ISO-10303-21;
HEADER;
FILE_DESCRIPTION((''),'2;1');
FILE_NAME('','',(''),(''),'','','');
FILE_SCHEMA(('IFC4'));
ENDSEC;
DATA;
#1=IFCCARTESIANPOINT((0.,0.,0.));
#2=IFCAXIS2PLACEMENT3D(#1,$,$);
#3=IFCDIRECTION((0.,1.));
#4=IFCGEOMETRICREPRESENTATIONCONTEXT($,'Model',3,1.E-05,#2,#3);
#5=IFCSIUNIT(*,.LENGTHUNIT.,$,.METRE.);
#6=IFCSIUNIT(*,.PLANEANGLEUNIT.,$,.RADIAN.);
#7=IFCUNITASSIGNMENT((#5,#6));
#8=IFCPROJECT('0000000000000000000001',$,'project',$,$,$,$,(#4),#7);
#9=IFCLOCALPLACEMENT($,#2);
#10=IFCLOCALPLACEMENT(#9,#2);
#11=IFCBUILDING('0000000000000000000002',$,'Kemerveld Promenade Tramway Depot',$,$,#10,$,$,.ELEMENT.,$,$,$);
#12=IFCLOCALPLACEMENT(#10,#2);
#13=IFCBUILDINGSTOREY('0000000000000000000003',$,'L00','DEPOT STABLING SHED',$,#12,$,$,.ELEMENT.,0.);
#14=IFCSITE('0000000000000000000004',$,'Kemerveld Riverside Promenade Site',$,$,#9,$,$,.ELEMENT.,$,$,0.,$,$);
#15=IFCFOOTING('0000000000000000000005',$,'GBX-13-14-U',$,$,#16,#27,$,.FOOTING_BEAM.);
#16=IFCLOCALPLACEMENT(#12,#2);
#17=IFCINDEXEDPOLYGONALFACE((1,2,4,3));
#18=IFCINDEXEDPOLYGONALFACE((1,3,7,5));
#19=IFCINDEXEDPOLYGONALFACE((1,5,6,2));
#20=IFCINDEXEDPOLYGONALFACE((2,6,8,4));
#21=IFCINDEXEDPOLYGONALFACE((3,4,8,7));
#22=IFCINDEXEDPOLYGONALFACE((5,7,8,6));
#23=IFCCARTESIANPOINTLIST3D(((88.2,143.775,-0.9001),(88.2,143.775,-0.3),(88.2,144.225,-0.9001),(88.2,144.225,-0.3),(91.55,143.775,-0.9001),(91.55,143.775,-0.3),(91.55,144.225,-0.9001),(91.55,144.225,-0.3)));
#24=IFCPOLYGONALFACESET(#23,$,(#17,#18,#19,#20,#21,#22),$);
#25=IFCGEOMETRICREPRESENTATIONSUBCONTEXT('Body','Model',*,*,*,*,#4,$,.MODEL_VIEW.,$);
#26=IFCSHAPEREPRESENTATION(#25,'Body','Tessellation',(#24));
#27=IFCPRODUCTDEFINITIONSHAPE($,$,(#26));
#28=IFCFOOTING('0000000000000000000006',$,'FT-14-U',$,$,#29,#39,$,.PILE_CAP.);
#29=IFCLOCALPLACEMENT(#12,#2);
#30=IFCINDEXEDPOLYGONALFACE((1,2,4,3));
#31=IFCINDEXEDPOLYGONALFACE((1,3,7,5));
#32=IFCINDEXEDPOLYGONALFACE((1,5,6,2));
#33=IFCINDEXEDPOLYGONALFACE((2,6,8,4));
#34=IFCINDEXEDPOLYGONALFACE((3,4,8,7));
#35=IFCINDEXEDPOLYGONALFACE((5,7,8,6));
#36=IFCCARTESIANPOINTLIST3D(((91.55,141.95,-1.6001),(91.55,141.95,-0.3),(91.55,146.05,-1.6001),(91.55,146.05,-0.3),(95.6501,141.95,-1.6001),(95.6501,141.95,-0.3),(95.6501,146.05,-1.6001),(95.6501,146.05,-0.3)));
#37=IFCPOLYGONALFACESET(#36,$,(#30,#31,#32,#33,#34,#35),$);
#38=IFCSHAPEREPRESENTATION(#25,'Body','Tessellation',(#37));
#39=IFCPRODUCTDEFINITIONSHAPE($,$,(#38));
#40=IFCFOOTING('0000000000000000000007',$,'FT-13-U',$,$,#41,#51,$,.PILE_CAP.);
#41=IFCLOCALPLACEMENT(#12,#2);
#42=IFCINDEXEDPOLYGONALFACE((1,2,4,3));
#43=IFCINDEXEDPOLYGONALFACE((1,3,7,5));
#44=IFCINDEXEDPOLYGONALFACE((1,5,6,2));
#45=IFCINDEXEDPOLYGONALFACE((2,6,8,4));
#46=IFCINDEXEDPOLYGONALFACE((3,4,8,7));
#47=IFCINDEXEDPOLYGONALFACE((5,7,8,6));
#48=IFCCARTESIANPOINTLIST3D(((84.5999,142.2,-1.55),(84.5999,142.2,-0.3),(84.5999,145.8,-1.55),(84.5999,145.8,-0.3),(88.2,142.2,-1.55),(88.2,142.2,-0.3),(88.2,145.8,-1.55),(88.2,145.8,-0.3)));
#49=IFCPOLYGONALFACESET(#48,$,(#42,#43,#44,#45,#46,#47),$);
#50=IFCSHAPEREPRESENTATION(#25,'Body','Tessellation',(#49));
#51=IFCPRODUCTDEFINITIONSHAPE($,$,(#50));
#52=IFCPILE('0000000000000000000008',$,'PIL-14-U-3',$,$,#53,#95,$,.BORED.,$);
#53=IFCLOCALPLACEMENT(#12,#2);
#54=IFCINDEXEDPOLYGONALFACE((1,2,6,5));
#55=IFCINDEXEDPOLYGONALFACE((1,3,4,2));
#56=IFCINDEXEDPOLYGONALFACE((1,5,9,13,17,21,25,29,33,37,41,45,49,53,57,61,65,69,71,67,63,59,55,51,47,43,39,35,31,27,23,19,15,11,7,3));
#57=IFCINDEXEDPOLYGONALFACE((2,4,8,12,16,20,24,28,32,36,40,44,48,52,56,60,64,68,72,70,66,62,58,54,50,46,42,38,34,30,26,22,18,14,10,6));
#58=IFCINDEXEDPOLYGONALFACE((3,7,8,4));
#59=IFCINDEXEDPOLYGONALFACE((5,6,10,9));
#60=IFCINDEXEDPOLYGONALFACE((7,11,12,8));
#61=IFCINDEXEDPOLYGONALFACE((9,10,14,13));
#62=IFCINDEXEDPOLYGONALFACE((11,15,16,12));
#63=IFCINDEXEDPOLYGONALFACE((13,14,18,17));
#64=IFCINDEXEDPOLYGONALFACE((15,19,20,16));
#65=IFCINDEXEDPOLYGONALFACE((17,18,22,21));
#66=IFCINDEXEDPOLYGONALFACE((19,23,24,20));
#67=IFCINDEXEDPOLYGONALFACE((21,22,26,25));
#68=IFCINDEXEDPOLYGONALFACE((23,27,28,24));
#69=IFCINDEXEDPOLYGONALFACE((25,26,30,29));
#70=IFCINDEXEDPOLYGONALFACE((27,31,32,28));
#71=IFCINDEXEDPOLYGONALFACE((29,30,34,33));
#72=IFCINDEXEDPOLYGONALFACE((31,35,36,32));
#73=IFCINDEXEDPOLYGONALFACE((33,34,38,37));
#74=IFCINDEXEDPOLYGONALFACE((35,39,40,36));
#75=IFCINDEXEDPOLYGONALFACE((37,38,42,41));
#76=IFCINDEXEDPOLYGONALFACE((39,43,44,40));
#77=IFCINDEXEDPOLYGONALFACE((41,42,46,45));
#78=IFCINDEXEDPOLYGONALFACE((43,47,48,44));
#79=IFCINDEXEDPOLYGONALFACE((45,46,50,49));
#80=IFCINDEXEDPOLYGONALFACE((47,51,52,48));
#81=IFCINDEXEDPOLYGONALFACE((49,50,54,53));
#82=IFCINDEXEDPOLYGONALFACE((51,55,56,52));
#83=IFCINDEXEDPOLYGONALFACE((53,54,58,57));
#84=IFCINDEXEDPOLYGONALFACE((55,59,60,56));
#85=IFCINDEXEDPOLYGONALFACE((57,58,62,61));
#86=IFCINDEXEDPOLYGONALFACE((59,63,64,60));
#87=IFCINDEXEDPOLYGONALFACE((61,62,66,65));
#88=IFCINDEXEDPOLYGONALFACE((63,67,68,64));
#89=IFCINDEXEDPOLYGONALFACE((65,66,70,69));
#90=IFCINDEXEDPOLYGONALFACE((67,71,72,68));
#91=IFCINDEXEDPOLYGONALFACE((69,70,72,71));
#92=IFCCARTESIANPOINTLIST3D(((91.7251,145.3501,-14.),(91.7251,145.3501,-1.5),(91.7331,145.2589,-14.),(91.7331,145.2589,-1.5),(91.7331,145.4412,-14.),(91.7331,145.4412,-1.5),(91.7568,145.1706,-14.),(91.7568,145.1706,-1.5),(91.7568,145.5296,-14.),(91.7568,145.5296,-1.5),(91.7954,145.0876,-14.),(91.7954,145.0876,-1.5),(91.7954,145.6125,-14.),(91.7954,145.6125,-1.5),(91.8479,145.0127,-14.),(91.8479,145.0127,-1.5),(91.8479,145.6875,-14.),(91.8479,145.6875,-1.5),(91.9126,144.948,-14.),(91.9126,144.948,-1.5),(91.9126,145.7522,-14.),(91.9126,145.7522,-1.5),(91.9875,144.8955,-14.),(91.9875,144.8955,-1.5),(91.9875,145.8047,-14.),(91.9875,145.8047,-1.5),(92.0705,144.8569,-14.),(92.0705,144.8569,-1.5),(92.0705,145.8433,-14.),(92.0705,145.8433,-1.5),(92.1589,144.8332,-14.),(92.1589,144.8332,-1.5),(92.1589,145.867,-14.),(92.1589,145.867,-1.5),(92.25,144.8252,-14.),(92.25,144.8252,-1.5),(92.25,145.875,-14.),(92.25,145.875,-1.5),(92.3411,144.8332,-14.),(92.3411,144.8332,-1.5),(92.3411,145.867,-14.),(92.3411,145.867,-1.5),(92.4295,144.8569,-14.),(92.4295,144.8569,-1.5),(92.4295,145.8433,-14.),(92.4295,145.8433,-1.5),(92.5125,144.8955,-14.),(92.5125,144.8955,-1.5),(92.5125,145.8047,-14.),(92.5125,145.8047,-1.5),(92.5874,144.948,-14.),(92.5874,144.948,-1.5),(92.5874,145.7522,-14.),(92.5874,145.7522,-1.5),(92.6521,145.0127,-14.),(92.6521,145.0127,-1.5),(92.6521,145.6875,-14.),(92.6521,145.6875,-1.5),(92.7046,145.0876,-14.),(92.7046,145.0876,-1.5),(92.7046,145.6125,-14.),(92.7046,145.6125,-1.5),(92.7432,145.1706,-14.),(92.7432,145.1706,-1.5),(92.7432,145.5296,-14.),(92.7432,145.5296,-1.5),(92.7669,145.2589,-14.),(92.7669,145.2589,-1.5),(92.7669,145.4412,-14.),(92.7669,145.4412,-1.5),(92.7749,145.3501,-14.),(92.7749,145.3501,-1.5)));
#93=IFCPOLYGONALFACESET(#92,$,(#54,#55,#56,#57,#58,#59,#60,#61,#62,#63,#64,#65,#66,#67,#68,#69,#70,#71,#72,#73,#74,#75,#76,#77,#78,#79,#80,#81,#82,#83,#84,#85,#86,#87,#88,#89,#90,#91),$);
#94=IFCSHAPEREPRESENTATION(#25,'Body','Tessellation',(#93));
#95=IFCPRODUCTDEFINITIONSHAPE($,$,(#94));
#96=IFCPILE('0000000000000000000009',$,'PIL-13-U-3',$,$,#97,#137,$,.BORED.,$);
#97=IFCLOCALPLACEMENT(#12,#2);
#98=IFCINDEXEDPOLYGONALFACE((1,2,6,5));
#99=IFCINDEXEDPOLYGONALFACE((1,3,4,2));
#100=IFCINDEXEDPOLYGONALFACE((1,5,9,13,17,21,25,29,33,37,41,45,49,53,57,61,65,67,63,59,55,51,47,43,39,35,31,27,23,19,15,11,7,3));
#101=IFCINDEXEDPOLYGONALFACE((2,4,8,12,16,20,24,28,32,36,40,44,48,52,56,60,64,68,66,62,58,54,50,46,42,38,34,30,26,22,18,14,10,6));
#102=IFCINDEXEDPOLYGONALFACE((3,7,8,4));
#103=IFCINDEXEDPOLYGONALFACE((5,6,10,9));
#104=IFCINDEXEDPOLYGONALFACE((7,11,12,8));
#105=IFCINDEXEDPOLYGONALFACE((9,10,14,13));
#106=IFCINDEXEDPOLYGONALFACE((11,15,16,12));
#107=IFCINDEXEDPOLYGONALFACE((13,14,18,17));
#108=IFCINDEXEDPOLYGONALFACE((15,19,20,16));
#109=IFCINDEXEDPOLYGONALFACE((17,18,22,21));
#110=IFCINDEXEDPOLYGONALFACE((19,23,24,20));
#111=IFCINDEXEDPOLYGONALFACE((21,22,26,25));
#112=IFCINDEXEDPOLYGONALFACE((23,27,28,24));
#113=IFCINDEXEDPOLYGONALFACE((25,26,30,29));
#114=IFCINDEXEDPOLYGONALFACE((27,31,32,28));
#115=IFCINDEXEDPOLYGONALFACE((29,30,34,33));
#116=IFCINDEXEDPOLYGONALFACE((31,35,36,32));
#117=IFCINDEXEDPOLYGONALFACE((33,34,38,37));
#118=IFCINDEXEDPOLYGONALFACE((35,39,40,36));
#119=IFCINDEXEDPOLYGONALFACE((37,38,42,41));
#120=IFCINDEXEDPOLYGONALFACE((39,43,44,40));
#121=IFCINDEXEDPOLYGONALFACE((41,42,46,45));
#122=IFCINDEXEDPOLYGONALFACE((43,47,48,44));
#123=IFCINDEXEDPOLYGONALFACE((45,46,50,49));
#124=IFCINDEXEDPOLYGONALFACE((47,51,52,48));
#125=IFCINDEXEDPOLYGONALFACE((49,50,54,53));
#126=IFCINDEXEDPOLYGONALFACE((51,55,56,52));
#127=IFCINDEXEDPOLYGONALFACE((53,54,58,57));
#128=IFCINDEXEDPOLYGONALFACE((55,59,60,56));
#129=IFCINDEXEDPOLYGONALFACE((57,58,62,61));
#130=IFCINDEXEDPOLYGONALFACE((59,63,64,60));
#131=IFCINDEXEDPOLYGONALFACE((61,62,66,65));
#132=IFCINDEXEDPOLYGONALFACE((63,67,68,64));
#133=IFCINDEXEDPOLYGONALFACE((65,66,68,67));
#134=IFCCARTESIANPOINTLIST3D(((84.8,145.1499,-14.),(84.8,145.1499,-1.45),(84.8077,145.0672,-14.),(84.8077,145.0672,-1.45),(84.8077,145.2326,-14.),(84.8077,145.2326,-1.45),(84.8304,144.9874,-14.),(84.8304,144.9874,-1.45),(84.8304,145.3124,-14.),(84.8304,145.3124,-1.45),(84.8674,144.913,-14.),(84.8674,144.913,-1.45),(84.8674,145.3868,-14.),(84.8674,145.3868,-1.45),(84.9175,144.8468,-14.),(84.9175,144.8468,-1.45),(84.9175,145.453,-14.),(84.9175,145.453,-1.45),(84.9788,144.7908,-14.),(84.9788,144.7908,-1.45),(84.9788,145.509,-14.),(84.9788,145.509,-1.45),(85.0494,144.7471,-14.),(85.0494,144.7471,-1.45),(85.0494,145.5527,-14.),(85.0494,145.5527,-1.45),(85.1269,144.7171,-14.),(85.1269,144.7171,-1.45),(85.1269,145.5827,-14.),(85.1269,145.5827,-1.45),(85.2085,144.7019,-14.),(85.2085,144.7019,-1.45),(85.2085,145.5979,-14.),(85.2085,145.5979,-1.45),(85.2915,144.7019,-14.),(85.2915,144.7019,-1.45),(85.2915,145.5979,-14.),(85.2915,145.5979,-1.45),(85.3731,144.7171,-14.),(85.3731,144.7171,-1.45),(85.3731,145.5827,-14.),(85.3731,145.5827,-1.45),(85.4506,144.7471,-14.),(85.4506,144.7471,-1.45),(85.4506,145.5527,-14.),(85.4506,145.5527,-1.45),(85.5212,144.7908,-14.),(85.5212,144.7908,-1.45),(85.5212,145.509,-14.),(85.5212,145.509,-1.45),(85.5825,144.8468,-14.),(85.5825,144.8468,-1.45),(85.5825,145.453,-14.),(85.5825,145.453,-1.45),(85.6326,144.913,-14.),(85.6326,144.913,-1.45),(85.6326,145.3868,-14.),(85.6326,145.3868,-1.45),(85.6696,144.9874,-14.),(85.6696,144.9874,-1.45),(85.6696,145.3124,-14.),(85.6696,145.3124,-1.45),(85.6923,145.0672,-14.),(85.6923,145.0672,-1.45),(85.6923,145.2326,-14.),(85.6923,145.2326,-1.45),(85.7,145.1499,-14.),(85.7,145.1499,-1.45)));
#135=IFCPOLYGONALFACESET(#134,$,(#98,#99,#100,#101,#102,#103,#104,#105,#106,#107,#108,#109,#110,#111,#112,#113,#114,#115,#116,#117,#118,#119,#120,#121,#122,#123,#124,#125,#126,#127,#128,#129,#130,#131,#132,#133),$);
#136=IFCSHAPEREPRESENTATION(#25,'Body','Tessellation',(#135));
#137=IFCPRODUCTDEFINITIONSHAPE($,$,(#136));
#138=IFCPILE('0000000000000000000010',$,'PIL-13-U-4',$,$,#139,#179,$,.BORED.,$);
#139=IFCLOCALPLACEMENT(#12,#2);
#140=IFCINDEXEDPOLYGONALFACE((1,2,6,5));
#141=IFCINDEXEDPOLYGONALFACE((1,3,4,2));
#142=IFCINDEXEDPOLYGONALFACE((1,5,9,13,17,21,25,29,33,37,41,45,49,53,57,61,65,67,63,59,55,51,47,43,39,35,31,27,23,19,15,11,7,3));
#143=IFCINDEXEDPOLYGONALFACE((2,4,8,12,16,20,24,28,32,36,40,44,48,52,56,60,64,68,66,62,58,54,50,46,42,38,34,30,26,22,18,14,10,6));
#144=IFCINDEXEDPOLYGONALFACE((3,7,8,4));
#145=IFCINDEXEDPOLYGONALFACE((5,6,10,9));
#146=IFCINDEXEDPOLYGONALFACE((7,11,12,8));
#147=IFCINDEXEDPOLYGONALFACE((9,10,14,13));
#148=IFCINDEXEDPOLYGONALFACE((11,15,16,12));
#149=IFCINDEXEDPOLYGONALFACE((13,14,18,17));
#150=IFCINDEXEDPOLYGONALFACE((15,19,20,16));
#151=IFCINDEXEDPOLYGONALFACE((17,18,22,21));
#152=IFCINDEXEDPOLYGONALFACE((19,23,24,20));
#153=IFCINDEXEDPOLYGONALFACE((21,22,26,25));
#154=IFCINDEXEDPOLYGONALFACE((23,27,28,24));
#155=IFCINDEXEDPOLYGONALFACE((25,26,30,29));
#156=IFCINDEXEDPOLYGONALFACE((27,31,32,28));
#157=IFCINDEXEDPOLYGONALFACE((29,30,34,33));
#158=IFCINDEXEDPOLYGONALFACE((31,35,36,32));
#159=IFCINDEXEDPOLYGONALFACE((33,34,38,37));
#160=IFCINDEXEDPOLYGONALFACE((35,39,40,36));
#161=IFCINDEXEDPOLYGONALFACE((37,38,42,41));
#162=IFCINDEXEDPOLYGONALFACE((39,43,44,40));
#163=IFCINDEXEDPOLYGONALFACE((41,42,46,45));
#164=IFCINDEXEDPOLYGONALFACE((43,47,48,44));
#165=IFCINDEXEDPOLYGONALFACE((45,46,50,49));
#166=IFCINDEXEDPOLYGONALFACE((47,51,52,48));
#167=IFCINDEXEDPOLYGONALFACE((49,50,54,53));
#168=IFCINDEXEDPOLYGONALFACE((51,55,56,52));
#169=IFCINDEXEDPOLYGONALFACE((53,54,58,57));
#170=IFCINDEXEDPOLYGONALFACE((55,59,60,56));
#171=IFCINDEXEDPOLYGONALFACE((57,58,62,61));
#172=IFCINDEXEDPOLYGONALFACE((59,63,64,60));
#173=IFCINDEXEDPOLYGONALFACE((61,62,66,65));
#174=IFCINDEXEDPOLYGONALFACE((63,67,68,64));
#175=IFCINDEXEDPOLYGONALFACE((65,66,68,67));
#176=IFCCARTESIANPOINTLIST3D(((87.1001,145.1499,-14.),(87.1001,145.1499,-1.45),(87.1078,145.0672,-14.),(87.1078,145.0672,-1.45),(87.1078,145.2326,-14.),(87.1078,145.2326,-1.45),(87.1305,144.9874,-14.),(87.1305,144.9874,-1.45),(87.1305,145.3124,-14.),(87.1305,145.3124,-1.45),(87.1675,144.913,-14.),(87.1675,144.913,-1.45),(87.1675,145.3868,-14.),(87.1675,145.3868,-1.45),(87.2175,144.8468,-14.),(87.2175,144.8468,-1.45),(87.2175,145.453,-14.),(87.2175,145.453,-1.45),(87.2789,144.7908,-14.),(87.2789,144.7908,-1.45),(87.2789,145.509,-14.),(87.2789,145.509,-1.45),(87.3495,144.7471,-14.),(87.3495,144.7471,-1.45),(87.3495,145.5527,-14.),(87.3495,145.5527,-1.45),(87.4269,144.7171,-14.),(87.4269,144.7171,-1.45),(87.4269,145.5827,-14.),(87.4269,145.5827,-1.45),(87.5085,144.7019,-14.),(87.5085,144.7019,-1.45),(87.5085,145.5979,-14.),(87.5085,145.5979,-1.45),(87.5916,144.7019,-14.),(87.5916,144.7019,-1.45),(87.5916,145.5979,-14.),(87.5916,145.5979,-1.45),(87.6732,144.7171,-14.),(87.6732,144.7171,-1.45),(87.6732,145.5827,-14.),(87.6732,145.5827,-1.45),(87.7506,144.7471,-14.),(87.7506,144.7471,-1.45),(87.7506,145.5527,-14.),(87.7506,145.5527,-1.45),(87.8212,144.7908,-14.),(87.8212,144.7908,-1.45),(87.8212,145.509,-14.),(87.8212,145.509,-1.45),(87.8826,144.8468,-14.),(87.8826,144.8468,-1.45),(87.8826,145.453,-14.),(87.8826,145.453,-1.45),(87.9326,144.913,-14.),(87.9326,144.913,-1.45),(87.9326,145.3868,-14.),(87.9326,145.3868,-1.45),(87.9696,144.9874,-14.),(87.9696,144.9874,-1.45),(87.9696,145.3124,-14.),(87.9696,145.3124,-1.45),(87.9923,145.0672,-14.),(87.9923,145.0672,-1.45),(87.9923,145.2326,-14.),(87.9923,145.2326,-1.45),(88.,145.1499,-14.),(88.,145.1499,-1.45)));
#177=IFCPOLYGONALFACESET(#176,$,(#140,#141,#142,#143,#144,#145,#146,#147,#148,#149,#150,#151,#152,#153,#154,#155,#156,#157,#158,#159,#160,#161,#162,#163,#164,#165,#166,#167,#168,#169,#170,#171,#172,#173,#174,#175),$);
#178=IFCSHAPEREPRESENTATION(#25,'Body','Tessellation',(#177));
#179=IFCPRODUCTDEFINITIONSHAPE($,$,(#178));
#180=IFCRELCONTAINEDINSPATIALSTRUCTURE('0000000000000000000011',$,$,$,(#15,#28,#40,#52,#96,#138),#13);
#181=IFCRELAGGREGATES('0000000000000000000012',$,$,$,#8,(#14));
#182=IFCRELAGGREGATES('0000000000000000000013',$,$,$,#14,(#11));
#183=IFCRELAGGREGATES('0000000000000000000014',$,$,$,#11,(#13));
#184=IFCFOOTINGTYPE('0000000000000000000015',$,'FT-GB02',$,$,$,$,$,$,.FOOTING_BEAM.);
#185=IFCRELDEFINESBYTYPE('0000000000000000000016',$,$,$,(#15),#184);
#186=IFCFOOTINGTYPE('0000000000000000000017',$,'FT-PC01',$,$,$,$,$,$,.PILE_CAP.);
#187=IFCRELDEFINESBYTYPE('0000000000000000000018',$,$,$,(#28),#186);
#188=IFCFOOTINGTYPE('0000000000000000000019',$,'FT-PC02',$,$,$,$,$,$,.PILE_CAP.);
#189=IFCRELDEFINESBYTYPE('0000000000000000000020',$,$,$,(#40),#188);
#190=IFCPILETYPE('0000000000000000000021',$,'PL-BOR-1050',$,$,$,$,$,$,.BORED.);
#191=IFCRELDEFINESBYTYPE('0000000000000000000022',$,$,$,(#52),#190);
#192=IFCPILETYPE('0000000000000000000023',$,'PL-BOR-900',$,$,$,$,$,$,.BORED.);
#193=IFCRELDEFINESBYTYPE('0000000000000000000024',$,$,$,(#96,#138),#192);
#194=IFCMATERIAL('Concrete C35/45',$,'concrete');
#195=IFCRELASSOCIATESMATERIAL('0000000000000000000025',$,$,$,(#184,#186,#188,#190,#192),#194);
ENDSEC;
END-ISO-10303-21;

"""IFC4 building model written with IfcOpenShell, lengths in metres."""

from ifc_helpers import new_model, si_unit, direction, frame, origin, origin_2d, place, context, subcontext, project, spatial, rectangle, circle, extrude, material, material_profile, profile_set, type_object, element, save


model = new_model("IFC4")

# Units and contexts
model_context = context("Model", 3, precision=1e-05, world=origin(), true_north=direction((0.0, 1.0)))
body_context = subcontext(model_context, "Body", "Model", "MODEL_VIEW")
ifc_project = project(units=[si_unit("LENGTHUNIT", "METRE"), si_unit("PLANEANGLEUNIT", "RADIAN")], contexts=[model_context])

# Site, building, storey
site_placement = place(None, origin())
site = spatial("IfcSite", under=ifc_project, at=site_placement, Name="Kemerveld Riverside Promenade Site", CompositionType="ELEMENT", RefElevation=0.0)
building_placement = place(site_placement, origin())
building = spatial("IfcBuilding", under=site, at=building_placement, Name="Kemerveld Promenade Tramway Depot", CompositionType="ELEMENT")
storey_placement = place(building_placement, origin())
storey = spatial("IfcBuildingStorey", under=building, at=storey_placement, Name="L00", Description="DEPOT STABLING SHED", CompositionType="ELEMENT", Elevation=0.0)

# Footings
ifc_material_1 = material(Name="Concrete C35/45", Category="concrete")
footing_type_1 = type_object("IfcFootingType", Name="FT-GB02", PredefinedType="FOOTING_BEAM", material=ifc_material_1)
footing_1_placement = place(storey_placement, frame((89.875, 144.0, -0.9001), z_axis=(0.0, 0.0, 1.0), x_axis=(1.0, 0.0, 0.0)))
element("IfcFooting", 1, at=footing_1_placement, inside=storey, type_object=footing_type_1, Name="GBX-13-14-U", PredefinedType="FOOTING_BEAM", context=body_context, shape_type="SweptSolid", body=[
    extrude(rectangle(XDim=3.3501, YDim=0.45, at=origin_2d()), origin(), (0.0, 0.0, 1.0), 0.6001),
])
footing_type_2 = type_object("IfcFootingType", Name="FT-PC01", PredefinedType="PILE_CAP", material=ifc_material_1)
footing_2_placement = place(storey_placement, frame((93.6001, 144.0, -1.6001), z_axis=(0.0, 0.0, 1.0), x_axis=(1.0, 0.0, 0.0)))
element("IfcFooting", 2, at=footing_2_placement, inside=storey, type_object=footing_type_2, Name="FT-14-U", PredefinedType="PILE_CAP", context=body_context, shape_type="SweptSolid", body=[
    extrude(rectangle(XDim=4.1001, YDim=4.1001, at=origin_2d()), origin(), (0.0, 0.0, 1.0), 1.3),
])
footing_type_3 = type_object("IfcFootingType", Name="FT-PC02", PredefinedType="PILE_CAP", material=ifc_material_1)
footing_3_placement = place(storey_placement, frame((86.3999, 144.0, -1.55), z_axis=(0.0, 0.0, 1.0), x_axis=(1.0, 0.0, 0.0)))
element("IfcFooting", 3, at=footing_3_placement, inside=storey, type_object=footing_type_3, Name="FT-13-U", PredefinedType="PILE_CAP", context=body_context, shape_type="SweptSolid", body=[
    extrude(rectangle(XDim=3.6001, YDim=3.6001, at=origin_2d()), origin(), (0.0, 0.0, 1.0), 1.25),
])

# Piles
ifc_material_profile_1 = material_profile(ifc_material_1, circle(Radius=0.5249, at=origin_2d()), Name="PILE-D1050")
ifc_profile_set_1 = profile_set([ifc_material_profile_1], Name="Concrete C35/45")
pile_type_1 = type_object("IfcPileType", Name="PL-BOR-1050", PredefinedType="BORED", material=ifc_profile_set_1)
pile_placement = place(storey_placement, frame((92.25, 145.3501, -1.5), z_axis=(0.0, 0.0, -1.0), x_axis=(1.0, 0.0, 0.0)))
element("IfcPile", 4, at=pile_placement, inside=storey, type_object=pile_type_1, Name="PIL-14-U-3", PredefinedType="BORED", context=body_context, shape_type="SweptSolid", body=[
    extrude(circle(Radius=0.5249, at=origin_2d()), origin(), (0.0, 0.0, 1.0), 12.5),
])
ifc_material_profile_2 = material_profile(ifc_material_1, circle(Radius=0.45, at=origin_2d()), Name="PILE-D900")
ifc_profile_set_2 = profile_set([ifc_material_profile_2], Name="Concrete C35/45")
pile_type_2 = type_object("IfcPileType", Name="PL-BOR-900", PredefinedType="BORED", material=ifc_profile_set_2)
for number, where, z_axis, x_axis, name in (
    (5, (85.25, 145.1499, -1.45), (0.0, 0.0, -1.0), (1.0, 0.0, 0.0), "PIL-13-U-3"),
    (6, (87.55, 145.1499, -1.45), (0.0, 0.0, -1.0), (1.0, 0.0, 0.0), "PIL-13-U-4"),
):
    element("IfcPile", number, at=place(storey_placement, frame(where, z_axis=z_axis, x_axis=x_axis)), inside=storey, type_object=pile_type_2, Name=name, PredefinedType="BORED", context=body_context, shape_type="SweptSolid", body=[
        extrude(circle(Radius=0.45, at=origin_2d()), origin(), (0.0, 0.0, 1.0), 12.55),
    ])

save(model, "model.ifc")
